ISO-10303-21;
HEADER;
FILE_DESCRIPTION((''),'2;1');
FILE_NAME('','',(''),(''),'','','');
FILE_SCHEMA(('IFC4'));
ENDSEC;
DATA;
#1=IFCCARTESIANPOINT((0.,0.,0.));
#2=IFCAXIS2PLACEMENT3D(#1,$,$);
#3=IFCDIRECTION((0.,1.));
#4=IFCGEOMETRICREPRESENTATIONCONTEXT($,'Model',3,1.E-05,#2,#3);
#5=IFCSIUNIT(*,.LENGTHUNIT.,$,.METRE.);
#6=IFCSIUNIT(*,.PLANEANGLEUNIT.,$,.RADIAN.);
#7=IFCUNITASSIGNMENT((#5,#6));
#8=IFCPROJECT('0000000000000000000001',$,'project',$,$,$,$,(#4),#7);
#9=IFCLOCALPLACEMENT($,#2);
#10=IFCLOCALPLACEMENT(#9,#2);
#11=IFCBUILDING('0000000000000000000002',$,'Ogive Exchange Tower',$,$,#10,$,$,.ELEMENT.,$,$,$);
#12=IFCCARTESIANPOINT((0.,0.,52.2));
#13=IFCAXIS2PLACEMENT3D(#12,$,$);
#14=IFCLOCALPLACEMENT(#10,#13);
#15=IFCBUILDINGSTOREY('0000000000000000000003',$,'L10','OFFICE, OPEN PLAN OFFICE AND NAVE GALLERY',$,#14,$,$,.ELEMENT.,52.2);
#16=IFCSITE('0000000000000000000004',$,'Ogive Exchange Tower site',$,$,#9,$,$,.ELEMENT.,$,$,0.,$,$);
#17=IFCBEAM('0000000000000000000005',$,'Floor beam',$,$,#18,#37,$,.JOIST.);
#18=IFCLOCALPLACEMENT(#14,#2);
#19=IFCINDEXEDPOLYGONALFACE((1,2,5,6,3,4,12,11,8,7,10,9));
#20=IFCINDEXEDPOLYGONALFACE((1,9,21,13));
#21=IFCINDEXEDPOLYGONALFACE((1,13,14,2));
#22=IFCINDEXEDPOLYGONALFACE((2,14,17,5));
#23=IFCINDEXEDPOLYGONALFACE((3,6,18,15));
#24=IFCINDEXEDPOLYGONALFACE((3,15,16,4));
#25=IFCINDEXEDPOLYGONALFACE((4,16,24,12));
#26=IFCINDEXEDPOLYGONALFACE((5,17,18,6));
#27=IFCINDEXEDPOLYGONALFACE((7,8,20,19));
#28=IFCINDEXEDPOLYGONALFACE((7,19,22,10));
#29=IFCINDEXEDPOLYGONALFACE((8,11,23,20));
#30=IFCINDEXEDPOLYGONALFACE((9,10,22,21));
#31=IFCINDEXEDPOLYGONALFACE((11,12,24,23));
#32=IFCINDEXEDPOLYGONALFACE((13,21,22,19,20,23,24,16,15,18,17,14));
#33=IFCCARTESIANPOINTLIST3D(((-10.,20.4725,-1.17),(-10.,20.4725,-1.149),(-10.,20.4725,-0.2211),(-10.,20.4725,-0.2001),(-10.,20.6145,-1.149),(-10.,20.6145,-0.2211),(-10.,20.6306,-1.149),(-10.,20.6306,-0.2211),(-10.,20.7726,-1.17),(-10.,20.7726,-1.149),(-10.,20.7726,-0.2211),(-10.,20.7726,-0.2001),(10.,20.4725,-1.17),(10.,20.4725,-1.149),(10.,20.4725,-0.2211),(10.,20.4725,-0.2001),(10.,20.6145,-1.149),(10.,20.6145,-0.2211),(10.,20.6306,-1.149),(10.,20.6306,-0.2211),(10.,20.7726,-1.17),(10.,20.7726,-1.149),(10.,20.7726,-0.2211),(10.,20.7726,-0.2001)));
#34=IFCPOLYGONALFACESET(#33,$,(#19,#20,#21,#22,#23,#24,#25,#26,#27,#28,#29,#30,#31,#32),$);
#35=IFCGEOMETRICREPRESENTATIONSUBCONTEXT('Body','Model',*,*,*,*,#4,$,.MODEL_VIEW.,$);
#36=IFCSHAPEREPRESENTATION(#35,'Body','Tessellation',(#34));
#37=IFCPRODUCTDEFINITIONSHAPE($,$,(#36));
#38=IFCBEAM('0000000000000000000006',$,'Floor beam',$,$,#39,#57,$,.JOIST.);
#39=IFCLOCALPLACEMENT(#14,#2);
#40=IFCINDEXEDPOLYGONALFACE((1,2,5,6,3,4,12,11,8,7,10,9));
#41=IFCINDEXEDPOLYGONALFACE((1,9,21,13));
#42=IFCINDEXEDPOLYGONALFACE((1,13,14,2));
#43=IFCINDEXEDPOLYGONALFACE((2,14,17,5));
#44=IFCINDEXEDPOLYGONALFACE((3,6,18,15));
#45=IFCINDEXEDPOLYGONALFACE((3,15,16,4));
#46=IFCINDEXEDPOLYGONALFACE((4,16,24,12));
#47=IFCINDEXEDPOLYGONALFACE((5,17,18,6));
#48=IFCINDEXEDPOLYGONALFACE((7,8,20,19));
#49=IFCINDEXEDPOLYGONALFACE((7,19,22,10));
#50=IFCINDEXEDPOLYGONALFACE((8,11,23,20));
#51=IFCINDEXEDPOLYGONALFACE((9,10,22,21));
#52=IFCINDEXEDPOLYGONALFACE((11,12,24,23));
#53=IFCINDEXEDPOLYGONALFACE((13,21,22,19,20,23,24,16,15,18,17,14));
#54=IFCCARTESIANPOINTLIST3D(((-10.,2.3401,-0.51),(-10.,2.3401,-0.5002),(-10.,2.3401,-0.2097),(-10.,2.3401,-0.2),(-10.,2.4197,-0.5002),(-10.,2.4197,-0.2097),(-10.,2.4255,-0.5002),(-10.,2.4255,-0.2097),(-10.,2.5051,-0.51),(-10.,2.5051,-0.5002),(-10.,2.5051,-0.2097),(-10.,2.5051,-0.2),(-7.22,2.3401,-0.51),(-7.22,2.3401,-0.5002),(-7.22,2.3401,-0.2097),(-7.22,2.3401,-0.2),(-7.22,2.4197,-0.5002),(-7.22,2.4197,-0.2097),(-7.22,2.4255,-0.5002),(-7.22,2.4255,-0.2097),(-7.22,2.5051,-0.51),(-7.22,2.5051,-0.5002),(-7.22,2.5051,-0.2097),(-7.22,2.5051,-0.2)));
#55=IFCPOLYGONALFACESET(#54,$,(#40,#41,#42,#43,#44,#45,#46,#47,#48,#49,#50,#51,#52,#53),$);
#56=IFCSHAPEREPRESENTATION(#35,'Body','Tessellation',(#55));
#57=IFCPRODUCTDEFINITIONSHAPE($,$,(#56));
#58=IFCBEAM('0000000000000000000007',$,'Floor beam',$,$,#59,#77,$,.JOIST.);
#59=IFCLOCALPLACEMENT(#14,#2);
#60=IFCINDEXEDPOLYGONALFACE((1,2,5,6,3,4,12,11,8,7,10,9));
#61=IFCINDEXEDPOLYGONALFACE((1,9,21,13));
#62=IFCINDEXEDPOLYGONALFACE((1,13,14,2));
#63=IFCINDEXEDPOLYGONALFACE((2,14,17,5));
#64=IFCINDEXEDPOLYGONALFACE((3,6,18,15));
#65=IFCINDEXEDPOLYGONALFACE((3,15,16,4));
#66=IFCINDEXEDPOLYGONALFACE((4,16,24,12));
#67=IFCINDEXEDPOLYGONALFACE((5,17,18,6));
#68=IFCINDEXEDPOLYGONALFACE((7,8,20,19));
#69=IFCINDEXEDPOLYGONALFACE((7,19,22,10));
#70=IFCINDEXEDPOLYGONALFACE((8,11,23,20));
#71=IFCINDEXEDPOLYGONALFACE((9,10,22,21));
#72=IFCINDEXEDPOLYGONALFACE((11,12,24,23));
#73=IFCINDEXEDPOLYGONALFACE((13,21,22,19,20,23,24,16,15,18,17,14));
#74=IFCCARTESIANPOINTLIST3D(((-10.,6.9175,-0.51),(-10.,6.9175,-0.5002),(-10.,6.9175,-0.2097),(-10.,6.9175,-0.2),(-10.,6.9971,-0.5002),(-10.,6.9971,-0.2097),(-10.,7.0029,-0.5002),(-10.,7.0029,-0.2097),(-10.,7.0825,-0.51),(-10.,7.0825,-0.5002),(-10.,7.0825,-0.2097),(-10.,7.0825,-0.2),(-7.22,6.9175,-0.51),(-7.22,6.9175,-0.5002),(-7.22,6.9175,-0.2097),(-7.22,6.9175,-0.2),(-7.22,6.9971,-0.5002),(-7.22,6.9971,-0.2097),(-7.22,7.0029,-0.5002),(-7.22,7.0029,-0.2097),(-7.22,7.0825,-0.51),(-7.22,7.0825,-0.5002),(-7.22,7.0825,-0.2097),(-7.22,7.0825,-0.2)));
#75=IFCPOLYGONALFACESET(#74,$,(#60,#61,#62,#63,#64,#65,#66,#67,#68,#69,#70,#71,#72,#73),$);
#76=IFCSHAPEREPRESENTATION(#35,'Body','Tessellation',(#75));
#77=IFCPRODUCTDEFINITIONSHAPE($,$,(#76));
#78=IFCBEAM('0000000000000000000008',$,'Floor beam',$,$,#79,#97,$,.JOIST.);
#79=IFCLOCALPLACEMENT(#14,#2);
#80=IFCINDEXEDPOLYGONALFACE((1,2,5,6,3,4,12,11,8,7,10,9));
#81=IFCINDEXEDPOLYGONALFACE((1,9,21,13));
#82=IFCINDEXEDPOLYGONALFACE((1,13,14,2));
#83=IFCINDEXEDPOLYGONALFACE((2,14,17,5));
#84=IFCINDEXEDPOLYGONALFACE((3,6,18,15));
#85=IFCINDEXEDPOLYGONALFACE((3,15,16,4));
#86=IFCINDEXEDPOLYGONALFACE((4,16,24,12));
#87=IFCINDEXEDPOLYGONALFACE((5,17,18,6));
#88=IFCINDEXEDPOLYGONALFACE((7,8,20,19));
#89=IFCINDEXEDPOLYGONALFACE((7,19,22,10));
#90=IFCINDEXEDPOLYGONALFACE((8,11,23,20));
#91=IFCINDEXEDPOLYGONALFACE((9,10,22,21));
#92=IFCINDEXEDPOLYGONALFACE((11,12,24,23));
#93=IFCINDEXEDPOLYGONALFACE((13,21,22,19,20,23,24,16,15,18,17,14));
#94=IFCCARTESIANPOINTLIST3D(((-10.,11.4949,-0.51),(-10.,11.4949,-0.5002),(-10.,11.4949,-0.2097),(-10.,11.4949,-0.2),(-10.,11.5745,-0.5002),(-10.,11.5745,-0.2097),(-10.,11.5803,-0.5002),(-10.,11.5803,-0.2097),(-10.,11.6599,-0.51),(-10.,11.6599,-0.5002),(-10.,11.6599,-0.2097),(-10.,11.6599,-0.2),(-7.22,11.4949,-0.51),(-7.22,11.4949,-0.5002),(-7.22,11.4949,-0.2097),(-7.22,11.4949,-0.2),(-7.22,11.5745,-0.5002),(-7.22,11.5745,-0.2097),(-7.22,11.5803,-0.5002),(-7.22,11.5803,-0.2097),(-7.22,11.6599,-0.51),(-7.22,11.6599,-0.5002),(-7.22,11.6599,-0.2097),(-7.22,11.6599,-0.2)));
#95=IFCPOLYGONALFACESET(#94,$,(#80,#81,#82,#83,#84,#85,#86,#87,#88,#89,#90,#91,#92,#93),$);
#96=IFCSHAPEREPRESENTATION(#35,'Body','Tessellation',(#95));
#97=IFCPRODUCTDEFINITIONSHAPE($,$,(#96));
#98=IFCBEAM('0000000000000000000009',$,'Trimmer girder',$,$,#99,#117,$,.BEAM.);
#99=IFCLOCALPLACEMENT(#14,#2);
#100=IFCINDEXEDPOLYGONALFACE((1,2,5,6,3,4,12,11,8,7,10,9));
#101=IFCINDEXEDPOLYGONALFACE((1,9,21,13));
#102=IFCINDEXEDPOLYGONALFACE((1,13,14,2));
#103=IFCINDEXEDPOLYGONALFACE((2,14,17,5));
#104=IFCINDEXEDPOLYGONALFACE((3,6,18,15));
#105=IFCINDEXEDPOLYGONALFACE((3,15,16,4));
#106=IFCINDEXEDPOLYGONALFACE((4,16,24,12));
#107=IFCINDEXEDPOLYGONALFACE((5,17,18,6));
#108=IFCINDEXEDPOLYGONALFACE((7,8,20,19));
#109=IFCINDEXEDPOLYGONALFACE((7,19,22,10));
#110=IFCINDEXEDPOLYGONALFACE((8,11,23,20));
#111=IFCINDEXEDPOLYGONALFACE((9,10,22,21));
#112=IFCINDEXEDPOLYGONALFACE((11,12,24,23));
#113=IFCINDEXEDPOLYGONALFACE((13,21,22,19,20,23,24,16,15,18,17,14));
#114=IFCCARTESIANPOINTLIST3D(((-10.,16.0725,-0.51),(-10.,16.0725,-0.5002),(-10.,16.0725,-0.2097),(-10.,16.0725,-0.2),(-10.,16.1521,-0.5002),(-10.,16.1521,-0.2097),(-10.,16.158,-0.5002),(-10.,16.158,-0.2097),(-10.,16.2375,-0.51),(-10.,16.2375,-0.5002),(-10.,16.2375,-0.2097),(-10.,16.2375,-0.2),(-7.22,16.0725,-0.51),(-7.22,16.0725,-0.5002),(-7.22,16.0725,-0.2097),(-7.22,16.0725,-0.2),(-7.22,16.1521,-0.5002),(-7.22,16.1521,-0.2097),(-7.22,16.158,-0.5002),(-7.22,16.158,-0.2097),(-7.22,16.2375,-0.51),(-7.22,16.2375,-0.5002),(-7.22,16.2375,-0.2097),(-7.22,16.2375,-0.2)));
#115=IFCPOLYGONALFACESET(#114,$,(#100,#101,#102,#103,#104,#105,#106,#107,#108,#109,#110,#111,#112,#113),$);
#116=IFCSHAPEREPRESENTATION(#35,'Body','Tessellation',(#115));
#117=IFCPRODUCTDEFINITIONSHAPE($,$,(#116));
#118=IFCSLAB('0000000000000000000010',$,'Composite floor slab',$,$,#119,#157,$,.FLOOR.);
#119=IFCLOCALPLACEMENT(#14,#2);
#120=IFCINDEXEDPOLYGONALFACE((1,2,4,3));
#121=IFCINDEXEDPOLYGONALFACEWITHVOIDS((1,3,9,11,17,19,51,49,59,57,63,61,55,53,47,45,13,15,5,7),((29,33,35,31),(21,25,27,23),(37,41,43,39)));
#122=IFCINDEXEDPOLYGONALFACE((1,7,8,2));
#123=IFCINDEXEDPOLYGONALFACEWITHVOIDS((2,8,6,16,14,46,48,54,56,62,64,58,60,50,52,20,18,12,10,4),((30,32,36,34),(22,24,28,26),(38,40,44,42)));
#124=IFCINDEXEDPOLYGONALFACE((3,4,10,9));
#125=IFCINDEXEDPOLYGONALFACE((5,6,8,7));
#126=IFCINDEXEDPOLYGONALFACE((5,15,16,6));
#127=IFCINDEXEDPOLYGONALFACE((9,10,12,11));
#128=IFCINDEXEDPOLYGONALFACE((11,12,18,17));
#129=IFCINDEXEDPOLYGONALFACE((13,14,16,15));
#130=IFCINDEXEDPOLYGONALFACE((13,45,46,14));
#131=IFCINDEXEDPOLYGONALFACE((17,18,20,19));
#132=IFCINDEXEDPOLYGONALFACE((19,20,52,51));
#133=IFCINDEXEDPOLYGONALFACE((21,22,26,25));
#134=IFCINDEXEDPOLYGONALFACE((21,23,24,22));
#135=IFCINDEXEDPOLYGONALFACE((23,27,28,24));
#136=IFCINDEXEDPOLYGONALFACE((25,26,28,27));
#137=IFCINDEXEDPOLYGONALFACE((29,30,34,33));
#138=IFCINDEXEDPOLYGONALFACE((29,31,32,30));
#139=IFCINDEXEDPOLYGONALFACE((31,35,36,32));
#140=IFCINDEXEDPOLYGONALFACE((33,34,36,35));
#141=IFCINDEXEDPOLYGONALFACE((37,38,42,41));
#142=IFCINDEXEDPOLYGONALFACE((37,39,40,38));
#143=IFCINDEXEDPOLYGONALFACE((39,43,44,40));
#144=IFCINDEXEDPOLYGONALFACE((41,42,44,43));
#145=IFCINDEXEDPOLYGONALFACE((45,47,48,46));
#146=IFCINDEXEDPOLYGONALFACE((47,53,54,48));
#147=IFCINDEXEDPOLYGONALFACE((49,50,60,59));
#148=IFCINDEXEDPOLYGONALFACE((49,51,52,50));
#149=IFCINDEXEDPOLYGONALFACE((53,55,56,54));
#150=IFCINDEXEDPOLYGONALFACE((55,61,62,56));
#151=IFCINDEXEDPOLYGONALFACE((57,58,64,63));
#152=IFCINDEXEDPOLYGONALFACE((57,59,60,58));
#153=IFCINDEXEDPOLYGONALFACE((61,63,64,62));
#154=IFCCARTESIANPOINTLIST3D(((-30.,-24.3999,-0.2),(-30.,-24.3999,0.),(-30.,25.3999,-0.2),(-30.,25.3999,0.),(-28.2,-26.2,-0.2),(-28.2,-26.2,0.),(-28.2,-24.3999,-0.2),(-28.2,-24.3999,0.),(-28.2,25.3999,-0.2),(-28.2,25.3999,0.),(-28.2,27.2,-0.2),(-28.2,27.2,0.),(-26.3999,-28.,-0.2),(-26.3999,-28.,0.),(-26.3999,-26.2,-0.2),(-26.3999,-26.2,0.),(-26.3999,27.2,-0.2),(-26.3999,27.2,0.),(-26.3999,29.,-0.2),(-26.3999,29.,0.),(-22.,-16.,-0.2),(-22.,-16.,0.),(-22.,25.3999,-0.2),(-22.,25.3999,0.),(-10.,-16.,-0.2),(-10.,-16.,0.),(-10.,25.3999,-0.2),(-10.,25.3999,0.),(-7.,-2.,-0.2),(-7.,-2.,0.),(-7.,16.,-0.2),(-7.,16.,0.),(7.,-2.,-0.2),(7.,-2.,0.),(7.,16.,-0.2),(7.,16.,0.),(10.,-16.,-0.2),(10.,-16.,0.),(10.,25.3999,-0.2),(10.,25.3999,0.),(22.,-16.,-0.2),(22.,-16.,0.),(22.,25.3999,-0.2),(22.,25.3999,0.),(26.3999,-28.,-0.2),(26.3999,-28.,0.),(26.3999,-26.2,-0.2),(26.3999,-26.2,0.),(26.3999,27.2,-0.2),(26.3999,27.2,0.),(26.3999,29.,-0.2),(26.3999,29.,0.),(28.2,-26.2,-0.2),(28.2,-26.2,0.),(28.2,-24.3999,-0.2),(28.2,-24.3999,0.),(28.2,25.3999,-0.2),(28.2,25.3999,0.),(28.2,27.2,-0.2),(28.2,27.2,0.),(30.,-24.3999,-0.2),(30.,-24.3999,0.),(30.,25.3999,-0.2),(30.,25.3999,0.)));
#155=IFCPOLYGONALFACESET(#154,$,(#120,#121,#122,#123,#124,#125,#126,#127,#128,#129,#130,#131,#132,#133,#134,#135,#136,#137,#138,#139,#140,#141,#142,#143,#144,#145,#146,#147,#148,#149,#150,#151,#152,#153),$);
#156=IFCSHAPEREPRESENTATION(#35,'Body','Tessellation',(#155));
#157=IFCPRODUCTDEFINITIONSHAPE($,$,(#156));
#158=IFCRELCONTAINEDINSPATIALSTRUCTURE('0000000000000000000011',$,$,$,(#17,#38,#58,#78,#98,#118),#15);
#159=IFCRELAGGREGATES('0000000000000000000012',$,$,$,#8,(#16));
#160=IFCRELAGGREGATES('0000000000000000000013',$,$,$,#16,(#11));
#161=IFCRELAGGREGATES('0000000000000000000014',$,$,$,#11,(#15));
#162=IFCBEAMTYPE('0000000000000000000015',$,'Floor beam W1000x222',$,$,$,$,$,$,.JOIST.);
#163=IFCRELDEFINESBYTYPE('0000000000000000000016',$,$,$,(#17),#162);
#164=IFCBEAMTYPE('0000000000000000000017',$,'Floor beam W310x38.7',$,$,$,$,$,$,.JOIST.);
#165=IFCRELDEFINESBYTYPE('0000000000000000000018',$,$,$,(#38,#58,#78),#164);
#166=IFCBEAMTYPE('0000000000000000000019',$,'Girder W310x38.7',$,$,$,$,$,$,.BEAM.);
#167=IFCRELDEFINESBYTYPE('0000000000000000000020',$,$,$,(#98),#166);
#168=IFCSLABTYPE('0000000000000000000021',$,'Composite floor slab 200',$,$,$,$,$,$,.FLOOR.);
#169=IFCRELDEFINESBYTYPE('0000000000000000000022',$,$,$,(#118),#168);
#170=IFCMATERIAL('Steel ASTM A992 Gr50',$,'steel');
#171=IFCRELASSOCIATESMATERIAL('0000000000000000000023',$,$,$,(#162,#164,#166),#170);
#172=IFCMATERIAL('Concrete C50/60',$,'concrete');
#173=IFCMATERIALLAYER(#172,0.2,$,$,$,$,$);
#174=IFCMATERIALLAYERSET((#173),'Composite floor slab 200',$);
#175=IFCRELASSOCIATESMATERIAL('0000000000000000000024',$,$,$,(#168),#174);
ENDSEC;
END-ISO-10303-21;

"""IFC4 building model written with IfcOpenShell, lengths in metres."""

from ifc_helpers import new_model, si_unit, direction, frame, origin, origin_2d, place, context, subcontext, project, spatial, polyline, i_section, outline, extrude, material, layer, layer_set, material_profile, profile_set, type_object, element, save


model = new_model("IFC4")

# Units and contexts
model_context = context("Model", 3, precision=1e-05, world=origin(), true_north=direction((0.0, 1.0)))
body_context = subcontext(model_context, "Body", "Model", "MODEL_VIEW")
ifc_project = project(units=[si_unit("LENGTHUNIT", "METRE"), si_unit("PLANEANGLEUNIT", "RADIAN")], contexts=[model_context])

# Site, building, storey
site_placement = place(None, origin())
site = spatial("IfcSite", under=ifc_project, at=site_placement, Name="Ogive Exchange Tower site", CompositionType="ELEMENT", RefElevation=0.0)
building_placement = place(site_placement, origin())
building = spatial("IfcBuilding", under=site, at=building_placement, Name="Ogive Exchange Tower", CompositionType="ELEMENT")
storey_placement = place(building_placement, frame((0.0, 0.0, 52.2)))
storey = spatial("IfcBuildingStorey", under=building, at=storey_placement, Name="L10", Description="OFFICE, OPEN PLAN OFFICE AND NAVE GALLERY", CompositionType="ELEMENT", Elevation=52.2)

# Beams
ifc_material_1 = material(Name="Steel ASTM A992 Gr50", Category="steel")
ifc_material_profile_1 = material_profile(ifc_material_1, i_section(OverallWidth=0.3, OverallDepth=0.97, WebThickness=0.0161, FlangeThickness=0.021, at=origin_2d()), Name="W1000x222")
ifc_profile_set_1 = profile_set([ifc_material_profile_1], Name="Steel ASTM A992 Gr50")
beam_type_1 = type_object("IfcBeamType", Name="Floor beam W1000x222", PredefinedType="JOIST", material=ifc_profile_set_1)
beam_1_placement = place(storey_placement, frame((-10.0, 20.6226, -0.6851), z_axis=(1.0, 0.0, 0.0), x_axis=(0.0, 1.0, 0.0)))
element("IfcBeam", 1, at=beam_1_placement, inside=storey, type_object=beam_type_1, Name="Floor beam", PredefinedType="JOIST", context=body_context, shape_type="SweptSolid", body=[
    extrude(i_section(OverallWidth=0.3, OverallDepth=0.97, WebThickness=0.0161, FlangeThickness=0.021, at=origin_2d()), origin(), (0.0, 0.0, 1.0), 20.0),
])
ifc_material_profile_2 = material_profile(ifc_material_1, i_section(OverallWidth=0.165, OverallDepth=0.3101, WebThickness=0.0059, FlangeThickness=0.0098, at=origin_2d()), Name="W310x38.7")
ifc_profile_set_2 = profile_set([ifc_material_profile_2], Name="Steel ASTM A992 Gr50")
beam_type_2 = type_object("IfcBeamType", Name="Floor beam W310x38.7", PredefinedType="JOIST", material=ifc_profile_set_2)
for number, where, z_axis, x_axis, name in (
    (2, (-10.0, 2.4226, -0.355), (1.0, 0.0, 0.0), (0.0, 1.0, 0.0), "Floor beam"),
    (3, (-10.0, 7.0, -0.355), (1.0, 0.0, 0.0), (0.0, 1.0, 0.0), "Floor beam"),
    (4, (-10.0, 11.5774, -0.355), (1.0, 0.0, 0.0), (0.0, 1.0, 0.0), "Floor beam"),
):
    element("IfcBeam", number, at=place(storey_placement, frame(where, z_axis=z_axis, x_axis=x_axis)), inside=storey, type_object=beam_type_2, Name=name, PredefinedType="JOIST", context=body_context, shape_type="SweptSolid", body=[
        extrude(i_section(OverallWidth=0.165, OverallDepth=0.3101, WebThickness=0.0059, FlangeThickness=0.0098, at=origin_2d()), origin(), (0.0, 0.0, 1.0), 2.78),
    ])
ifc_material_profile_3 = material_profile(ifc_material_1, i_section(OverallWidth=0.165, OverallDepth=0.3101, WebThickness=0.0059, FlangeThickness=0.0098, at=origin_2d()), Name="W310x38.7")
ifc_profile_set_3 = profile_set([ifc_material_profile_3], Name="Steel ASTM A992 Gr50")
beam_type_3 = type_object("IfcBeamType", Name="Girder W310x38.7", PredefinedType="BEAM", material=ifc_profile_set_3)
beam_2_placement = place(storey_placement, frame((-10.0, 16.155, -0.355), z_axis=(1.0, 0.0, 0.0), x_axis=(0.0, 1.0, 0.0)))
element("IfcBeam", 5, at=beam_2_placement, inside=storey, type_object=beam_type_3, Name="Trimmer girder", PredefinedType="BEAM", context=body_context, shape_type="SweptSolid", body=[
    extrude(i_section(OverallWidth=0.165, OverallDepth=0.3101, WebThickness=0.0059, FlangeThickness=0.0098, at=origin_2d()), origin(), (0.0, 0.0, 1.0), 2.78),
])

# Slab
ifc_material_2 = material(Name="Concrete C50/60", Category="concrete")
ifc_layer_1 = layer(ifc_material_2, 0.2)
ifc_layer_set_1 = layer_set([ifc_layer_1], Name="Composite floor slab 200")
slab_type_1 = type_object("IfcSlabType", Name="Composite floor slab 200", PredefinedType="FLOOR", material=ifc_layer_set_1)
slab_1_placement = place(storey_placement, frame((0.0, 0.0, -0.2)))
element("IfcSlab", 6, at=slab_1_placement, inside=storey, type_object=slab_type_1, Name="Composite floor slab", PredefinedType="FLOOR", context=body_context, shape_type="SweptSolid", body=[
    extrude(outline(polyline([(-26.3999, -26.2), (-28.2, -26.2), (-28.2, -24.3999), (-30.0, -24.3999), (-30.0, 25.3999), (-28.2, 25.3999), (-28.2, 27.2), (-26.3999, 27.2), (-26.3999, 29.0), (26.3999, 29.0), (26.3999, 27.2), (28.2, 27.2), (28.2, 25.3999), (30.0, 25.3999), (30.0, -24.3999), (28.2, -24.3999), (28.2, -26.2), (26.3999, -26.2), (26.3999, -28.0), (-26.3999, -28.0), (-26.3999, -26.2)]), holes=[polyline([(-10.0, -16.0), (-10.0, 25.3999), (-22.0, 25.3999), (-22.0, -16.0), (-10.0, -16.0)]), polyline([(10.0, -16.0), (22.0, -16.0), (22.0, 25.3999), (10.0, 25.3999), (10.0, -16.0)]), polyline([(-7.0, -2.0), (7.0, -2.0), (7.0, 16.0), (-7.0, 16.0), (-7.0, -2.0)])]), origin(), (0.0, 0.0, 1.0), 0.2),
])

save(model, "model.ifc")
